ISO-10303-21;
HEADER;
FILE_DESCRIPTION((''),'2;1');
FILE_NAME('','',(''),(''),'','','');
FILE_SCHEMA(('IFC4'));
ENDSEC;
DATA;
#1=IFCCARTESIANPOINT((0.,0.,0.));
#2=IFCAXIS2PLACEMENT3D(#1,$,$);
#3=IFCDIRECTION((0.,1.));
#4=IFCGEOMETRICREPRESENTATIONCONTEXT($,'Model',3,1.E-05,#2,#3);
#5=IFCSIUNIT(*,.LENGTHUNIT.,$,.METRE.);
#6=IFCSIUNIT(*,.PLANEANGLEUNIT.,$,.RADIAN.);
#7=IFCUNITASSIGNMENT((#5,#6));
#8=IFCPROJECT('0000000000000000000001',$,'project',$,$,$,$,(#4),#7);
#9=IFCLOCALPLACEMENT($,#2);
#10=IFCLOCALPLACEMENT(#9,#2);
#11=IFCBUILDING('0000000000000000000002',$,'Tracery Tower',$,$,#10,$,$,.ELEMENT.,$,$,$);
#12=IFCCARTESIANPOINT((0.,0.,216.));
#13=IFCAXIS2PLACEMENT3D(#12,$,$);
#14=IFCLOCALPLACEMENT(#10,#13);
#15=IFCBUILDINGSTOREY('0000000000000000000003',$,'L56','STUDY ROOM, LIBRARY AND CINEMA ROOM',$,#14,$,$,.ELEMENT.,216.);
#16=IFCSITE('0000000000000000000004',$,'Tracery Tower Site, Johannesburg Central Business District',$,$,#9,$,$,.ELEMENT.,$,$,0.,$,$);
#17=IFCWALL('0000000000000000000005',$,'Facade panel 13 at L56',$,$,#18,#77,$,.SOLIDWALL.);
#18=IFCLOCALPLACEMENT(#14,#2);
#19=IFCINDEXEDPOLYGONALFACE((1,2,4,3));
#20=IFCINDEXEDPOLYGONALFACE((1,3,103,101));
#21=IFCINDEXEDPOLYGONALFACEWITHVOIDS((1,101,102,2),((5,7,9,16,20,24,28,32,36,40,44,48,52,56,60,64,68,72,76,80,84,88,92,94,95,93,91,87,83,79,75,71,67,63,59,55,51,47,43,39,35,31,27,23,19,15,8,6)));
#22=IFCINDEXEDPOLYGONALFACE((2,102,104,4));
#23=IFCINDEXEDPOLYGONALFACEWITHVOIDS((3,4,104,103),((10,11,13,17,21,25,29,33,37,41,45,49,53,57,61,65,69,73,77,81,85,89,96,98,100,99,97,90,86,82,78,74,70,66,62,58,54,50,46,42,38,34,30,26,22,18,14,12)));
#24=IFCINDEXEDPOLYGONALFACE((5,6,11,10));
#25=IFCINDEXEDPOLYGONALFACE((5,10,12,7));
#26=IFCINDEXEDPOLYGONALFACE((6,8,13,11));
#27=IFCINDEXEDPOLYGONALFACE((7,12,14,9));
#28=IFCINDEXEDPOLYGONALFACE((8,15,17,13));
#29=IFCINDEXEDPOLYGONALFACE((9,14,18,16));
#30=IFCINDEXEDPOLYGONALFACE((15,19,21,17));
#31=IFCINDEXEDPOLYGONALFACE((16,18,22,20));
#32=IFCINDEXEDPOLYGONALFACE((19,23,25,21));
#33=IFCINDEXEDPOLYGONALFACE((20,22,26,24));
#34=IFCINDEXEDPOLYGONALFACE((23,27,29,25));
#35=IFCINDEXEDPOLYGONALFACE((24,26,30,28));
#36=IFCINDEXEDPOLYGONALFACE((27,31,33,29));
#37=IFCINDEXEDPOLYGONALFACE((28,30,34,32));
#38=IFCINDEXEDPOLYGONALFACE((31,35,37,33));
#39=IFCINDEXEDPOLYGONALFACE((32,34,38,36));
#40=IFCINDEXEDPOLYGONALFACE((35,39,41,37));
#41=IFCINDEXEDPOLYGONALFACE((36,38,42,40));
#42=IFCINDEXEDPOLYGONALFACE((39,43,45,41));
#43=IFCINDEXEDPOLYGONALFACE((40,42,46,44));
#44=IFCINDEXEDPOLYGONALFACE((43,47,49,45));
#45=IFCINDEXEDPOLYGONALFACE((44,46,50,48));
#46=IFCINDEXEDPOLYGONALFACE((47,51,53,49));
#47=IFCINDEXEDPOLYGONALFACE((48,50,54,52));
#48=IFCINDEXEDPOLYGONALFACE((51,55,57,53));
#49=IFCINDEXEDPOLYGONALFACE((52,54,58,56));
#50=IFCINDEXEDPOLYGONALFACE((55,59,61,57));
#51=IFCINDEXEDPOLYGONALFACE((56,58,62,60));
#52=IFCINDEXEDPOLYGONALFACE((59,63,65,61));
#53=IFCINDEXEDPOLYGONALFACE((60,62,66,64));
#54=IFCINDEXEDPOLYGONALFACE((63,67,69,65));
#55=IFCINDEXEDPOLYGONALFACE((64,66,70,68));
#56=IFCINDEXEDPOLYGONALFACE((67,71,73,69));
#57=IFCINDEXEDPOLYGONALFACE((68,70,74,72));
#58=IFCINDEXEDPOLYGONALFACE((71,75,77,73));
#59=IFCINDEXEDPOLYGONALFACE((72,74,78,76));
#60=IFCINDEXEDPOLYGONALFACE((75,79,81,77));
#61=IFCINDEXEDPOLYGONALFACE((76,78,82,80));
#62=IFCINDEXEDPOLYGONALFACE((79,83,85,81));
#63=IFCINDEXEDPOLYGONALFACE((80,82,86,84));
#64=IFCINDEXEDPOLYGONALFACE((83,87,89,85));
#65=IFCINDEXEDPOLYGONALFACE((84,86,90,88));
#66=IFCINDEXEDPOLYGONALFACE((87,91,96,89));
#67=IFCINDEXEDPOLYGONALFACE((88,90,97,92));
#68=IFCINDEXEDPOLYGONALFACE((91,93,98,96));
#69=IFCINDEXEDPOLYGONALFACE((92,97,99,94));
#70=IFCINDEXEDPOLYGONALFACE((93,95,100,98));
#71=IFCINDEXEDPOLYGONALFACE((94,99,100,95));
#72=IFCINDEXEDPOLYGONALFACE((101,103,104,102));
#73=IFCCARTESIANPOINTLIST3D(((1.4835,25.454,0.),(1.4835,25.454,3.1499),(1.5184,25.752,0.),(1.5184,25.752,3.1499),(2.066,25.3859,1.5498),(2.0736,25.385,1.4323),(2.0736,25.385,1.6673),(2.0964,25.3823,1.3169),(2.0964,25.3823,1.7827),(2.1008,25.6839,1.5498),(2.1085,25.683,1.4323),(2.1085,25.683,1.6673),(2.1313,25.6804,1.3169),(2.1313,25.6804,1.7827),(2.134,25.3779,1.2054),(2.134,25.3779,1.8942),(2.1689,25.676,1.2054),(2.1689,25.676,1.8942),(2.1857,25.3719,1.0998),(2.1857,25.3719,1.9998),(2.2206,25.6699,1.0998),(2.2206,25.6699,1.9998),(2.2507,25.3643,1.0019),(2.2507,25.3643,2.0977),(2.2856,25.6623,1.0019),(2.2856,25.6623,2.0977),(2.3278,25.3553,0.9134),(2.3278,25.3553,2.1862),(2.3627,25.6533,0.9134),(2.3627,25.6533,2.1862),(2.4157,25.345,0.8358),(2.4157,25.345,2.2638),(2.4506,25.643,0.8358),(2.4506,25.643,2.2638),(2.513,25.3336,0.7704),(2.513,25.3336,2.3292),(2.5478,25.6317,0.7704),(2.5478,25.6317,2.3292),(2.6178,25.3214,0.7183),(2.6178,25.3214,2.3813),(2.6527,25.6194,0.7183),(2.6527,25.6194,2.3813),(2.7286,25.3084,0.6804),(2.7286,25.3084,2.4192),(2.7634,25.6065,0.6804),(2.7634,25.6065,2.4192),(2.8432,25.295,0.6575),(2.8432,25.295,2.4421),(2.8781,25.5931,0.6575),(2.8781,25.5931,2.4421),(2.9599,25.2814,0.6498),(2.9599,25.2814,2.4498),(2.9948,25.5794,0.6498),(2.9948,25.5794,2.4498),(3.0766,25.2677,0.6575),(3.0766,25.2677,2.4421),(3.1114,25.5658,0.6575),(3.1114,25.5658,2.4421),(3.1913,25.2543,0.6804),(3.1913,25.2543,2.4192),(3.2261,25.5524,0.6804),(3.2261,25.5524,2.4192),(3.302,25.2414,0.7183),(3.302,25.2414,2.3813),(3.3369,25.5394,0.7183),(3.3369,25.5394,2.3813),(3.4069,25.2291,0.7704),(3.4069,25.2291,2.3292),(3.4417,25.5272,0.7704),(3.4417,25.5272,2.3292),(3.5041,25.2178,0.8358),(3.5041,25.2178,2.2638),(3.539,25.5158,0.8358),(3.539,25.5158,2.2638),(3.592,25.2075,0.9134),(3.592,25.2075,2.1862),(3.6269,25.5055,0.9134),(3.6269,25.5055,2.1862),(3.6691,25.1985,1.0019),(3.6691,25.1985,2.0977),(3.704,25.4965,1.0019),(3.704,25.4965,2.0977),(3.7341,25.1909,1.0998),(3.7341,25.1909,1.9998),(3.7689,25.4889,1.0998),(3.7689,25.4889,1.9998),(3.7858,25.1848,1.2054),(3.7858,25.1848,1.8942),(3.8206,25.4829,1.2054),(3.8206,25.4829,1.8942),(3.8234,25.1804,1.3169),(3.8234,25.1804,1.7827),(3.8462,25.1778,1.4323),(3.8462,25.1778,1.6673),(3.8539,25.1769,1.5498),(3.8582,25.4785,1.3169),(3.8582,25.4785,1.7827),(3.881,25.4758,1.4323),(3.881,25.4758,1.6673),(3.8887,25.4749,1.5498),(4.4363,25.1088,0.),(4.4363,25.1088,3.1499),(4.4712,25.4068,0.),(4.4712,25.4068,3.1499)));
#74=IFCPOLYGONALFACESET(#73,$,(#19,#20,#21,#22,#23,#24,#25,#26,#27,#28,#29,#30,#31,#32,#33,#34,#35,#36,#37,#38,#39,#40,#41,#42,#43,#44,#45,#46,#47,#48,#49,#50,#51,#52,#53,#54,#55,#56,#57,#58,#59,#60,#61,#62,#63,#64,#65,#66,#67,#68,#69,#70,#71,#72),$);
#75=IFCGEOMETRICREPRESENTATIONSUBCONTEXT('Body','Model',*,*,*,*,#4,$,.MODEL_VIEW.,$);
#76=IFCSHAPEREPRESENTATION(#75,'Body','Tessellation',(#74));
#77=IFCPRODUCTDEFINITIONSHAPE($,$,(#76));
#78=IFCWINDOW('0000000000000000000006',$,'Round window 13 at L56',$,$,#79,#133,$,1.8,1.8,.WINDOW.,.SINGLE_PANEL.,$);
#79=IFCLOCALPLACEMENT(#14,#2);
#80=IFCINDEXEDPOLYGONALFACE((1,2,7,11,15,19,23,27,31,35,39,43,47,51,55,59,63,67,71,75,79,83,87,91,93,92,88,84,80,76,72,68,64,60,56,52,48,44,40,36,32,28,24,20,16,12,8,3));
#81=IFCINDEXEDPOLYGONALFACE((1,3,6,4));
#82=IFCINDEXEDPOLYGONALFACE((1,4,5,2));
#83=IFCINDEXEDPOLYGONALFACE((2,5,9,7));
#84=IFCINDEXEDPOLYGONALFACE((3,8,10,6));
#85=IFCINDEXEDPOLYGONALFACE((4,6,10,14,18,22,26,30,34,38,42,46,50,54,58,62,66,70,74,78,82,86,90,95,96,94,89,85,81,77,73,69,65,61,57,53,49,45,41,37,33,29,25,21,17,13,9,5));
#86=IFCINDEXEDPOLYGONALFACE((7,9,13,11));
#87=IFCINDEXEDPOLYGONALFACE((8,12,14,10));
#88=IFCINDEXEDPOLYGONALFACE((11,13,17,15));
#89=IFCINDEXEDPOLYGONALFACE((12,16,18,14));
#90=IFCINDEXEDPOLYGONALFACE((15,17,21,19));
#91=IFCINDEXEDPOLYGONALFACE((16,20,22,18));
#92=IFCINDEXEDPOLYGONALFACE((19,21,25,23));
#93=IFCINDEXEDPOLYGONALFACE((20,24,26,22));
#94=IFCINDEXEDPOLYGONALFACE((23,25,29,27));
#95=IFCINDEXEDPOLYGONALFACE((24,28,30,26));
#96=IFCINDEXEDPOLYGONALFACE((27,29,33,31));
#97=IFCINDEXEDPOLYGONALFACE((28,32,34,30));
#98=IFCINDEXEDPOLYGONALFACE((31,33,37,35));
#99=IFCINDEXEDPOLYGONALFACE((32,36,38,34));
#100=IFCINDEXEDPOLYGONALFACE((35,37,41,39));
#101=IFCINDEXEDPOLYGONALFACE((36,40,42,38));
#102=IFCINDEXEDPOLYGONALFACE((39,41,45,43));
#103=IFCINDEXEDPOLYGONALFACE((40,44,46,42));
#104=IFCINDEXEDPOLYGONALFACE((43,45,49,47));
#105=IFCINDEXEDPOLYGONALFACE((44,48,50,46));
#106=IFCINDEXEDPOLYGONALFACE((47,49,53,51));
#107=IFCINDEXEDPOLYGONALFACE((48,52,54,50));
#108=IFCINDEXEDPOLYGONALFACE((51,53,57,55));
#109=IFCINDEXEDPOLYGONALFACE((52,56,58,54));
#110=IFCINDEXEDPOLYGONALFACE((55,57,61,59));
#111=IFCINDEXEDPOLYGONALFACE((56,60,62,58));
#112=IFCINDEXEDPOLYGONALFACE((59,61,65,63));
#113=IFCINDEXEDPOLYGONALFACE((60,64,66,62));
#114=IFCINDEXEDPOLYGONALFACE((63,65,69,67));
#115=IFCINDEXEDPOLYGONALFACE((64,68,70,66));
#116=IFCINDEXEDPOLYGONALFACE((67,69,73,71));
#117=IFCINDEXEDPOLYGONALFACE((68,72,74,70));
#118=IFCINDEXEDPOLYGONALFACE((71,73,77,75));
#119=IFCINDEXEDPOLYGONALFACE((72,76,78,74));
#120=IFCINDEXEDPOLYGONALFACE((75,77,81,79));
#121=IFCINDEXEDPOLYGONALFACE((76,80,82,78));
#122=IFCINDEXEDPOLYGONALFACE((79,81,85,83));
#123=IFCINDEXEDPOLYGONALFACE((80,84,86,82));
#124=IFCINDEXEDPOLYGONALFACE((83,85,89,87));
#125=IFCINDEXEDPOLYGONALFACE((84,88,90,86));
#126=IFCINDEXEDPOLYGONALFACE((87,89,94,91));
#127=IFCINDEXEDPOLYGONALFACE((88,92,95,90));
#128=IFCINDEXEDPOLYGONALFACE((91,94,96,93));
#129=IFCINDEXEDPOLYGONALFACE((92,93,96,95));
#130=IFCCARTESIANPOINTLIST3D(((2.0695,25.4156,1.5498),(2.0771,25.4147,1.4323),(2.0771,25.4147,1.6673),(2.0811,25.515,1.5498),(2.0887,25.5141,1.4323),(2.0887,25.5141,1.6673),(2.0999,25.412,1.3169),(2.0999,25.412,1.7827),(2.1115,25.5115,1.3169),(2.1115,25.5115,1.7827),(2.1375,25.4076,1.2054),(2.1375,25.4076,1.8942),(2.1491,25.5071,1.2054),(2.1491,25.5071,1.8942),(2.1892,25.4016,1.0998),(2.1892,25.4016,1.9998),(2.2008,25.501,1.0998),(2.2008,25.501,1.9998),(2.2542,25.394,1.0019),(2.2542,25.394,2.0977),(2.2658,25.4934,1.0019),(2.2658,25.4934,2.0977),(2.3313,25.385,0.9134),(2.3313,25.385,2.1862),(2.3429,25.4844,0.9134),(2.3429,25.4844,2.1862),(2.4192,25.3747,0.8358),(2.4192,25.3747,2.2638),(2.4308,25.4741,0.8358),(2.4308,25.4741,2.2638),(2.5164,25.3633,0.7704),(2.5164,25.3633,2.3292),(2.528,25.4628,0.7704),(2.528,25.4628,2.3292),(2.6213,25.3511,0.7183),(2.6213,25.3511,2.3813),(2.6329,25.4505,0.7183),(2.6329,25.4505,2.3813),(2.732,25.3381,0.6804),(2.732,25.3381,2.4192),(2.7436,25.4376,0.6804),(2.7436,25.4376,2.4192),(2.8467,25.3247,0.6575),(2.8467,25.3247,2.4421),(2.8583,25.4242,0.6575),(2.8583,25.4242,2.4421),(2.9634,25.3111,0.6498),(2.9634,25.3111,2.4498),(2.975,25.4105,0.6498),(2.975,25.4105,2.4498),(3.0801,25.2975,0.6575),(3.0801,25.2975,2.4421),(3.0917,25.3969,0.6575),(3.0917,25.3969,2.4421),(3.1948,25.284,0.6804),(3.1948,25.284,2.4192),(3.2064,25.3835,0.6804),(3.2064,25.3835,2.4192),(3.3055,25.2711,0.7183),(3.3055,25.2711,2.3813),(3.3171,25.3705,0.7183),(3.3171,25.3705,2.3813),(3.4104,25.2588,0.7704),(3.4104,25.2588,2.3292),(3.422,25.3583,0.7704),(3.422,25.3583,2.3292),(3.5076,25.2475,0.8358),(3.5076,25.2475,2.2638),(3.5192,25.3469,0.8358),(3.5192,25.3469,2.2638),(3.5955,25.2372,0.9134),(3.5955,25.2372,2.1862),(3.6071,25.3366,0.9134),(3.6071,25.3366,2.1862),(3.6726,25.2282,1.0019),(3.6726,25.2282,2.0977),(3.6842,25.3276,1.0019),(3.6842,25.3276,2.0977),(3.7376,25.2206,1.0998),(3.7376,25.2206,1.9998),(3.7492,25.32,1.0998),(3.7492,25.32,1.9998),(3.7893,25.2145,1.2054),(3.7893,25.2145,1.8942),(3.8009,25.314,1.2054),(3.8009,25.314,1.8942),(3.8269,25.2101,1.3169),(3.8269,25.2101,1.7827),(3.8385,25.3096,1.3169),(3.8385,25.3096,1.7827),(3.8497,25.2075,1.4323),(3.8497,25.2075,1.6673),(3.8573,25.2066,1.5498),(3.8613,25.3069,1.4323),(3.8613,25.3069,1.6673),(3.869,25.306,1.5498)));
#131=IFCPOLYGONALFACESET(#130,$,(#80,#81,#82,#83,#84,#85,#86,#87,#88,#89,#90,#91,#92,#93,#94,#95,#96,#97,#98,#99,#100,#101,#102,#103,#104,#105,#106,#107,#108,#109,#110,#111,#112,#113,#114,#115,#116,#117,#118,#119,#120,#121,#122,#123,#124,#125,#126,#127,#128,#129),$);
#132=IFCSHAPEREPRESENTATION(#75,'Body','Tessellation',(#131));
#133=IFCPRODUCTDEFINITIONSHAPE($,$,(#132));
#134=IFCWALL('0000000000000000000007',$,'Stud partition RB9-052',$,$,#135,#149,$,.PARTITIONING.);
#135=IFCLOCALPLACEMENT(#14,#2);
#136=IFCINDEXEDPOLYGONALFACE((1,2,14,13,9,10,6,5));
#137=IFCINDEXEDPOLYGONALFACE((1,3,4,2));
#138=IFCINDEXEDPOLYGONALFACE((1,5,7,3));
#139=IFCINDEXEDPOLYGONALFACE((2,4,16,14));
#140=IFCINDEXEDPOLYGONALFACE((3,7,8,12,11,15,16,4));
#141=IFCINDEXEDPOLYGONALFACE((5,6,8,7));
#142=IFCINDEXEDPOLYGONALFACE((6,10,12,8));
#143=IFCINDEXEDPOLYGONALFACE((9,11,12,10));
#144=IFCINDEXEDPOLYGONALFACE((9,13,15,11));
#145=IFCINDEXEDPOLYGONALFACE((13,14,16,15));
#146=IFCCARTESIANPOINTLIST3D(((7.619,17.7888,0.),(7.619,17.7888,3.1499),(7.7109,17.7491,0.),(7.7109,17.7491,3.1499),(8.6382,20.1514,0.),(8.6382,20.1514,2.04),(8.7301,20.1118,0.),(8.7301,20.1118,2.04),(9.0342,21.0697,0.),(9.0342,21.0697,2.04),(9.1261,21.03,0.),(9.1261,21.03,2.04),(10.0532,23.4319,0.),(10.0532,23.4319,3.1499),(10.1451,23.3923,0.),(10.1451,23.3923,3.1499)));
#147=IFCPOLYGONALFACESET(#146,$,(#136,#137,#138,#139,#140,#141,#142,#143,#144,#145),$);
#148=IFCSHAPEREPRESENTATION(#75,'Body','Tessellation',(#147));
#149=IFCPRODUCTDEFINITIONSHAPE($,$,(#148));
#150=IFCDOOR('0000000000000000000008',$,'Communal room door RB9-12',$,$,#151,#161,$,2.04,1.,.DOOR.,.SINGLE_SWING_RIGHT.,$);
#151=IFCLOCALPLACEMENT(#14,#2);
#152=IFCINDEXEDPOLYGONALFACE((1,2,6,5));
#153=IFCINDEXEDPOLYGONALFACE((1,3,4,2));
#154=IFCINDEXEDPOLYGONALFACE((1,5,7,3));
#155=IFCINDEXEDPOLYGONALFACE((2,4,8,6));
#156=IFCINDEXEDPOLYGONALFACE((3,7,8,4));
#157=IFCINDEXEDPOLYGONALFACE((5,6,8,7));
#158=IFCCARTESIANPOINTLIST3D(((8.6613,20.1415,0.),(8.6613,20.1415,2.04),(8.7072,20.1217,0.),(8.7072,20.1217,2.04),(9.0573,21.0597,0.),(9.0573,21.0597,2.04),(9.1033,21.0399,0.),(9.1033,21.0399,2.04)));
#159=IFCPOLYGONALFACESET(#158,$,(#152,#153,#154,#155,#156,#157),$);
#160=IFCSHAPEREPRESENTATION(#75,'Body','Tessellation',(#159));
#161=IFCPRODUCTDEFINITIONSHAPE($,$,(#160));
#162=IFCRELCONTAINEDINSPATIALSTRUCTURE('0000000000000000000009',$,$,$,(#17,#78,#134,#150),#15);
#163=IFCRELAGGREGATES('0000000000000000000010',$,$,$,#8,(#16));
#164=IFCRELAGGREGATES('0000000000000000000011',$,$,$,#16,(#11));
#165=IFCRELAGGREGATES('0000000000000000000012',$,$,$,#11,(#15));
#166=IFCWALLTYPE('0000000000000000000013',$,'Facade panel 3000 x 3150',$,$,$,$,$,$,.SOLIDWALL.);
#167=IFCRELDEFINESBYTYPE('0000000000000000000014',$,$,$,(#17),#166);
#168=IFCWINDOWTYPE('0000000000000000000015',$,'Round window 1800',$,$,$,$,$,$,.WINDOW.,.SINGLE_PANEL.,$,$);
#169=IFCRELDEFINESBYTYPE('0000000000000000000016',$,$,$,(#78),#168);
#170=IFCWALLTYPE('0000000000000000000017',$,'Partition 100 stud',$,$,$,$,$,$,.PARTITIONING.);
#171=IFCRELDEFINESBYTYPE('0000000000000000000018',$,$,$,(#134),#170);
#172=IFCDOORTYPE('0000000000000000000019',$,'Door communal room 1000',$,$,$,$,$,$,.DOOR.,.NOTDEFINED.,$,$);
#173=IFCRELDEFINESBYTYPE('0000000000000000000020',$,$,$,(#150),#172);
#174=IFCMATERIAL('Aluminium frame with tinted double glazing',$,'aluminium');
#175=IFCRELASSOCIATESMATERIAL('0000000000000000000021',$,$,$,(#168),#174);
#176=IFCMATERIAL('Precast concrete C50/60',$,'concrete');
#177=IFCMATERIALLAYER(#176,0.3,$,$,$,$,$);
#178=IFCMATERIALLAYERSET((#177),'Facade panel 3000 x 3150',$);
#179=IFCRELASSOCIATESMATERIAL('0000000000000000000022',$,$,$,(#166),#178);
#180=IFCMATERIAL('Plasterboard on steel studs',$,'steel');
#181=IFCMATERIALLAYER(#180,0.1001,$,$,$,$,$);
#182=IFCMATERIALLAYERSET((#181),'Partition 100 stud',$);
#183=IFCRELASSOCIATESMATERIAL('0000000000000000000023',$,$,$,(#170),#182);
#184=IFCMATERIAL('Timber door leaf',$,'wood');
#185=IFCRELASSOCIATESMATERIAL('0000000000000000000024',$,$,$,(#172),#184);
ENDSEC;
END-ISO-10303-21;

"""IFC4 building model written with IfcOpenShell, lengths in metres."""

from ifc_helpers import new_model, si_unit, direction, frame, frame_2d, origin, origin_2d, place, context, subcontext, project, spatial, rectangle, circle, extrude, material, layer, layer_set, type_object, element, fill, save


model = new_model("IFC4")

# Units and contexts
model_context = context("Model", 3, precision=1e-05, world=origin(), true_north=direction((0.0, 1.0)))
body_context = subcontext(model_context, "Body", "Model", "MODEL_VIEW")
ifc_project = project(units=[si_unit("LENGTHUNIT", "METRE"), si_unit("PLANEANGLEUNIT", "RADIAN")], contexts=[model_context])

# Site, building, storey
site_placement = place(None, origin())
site = spatial("IfcSite", under=ifc_project, at=site_placement, Name="Tracery Tower Site, Johannesburg Central Business District", CompositionType="ELEMENT", RefElevation=0.0)
building_placement = place(site_placement, origin())
building = spatial("IfcBuilding", under=site, at=building_placement, Name="Tracery Tower", CompositionType="ELEMENT")
storey_placement = place(building_placement, frame((0.0, 0.0, 216.0)))
storey = spatial("IfcBuildingStorey", under=building, at=storey_placement, Name="L56", Description="STUDY ROOM, LIBRARY AND CINEMA ROOM", CompositionType="ELEMENT", Elevation=216.0)

# Wall, opening, window
ifc_material_1 = material(Name="Aluminium frame with tinted double glazing", Category="aluminium")
window_type = type_object("IfcWindowType", Name="Round window 1800", PartitioningType="SINGLE_PANEL", PredefinedType="WINDOW", material=ifc_material_1)
ifc_material_2 = material(Name="Precast concrete C50/60", Category="concrete")
ifc_layer_1 = layer(ifc_material_2, 0.3)
ifc_layer_set_1 = layer_set([ifc_layer_1], Name="Facade panel 3000 x 3150")
wall_type_1 = type_object("IfcWallType", Name="Facade panel 3000 x 3150", PredefinedType="SOLIDWALL", material=ifc_layer_set_1)
wall_1_placement = place(storey_placement, frame((4.4536, 25.2578, 0.0), z_axis=(0.0, 0.0, 1.0), x_axis=(-0.993236, 0.116117, 0.0)))
wall_1 = element("IfcWall", 1, at=wall_1_placement, inside=storey, type_object=wall_type_1, Name="Facade panel 13 at L56", PredefinedType="SOLIDWALL", context=body_context, shape_type="SweptSolid", body=[
    extrude(rectangle(XDim=2.9729, YDim=0.3, at=frame_2d((1.4863, 0.0))), origin(), (0.0, 0.0, 1.0), 3.1499),
])
opening_1_placement = place(wall_1_placement, frame((1.4863, 0.0, 1.5498)))
opening_1 = element("IfcOpeningElement", 2, at=opening_1_placement, cuts=wall_1, PredefinedType="OPENING", context=body_context, shape_type="SweptSolid", body=[
    extrude(circle(Radius=0.9, at=origin_2d()), frame((0.0, 0.1599, 0.0), z_axis=(0.0, -1.0, 0.0), x_axis=(1.0, 0.0, 0.0)), (0.0, 0.0, 1.0), 0.3201),
])
window_1_placement = place(opening_1_placement, origin())
window_1 = element("IfcWindow", 3, at=window_1_placement, inside=storey, type_object=window_type, Name="Round window 13 at L56", OverallHeight=1.8, OverallWidth=1.8, PartitioningType="SINGLE_PANEL", PredefinedType="WINDOW", context=body_context, shape_type="SweptSolid", body=[
    extrude(circle(Radius=0.9, at=origin_2d()), frame((0.0, 0.1201, 0.0), z_axis=(0.0, -1.0, 0.0), x_axis=(1.0, 0.0, 0.0)), (0.0, 0.0, 1.0), 0.1001),
])
fill(opening_1, window_1)

# Wall, opening, door
ifc_material_3 = material(Name="Plasterboard on steel studs", Category="steel")
ifc_layer_2 = layer(ifc_material_3, 0.1001)
ifc_layer_set_2 = layer_set([ifc_layer_2], Name="Partition 100 stud")
wall_type_2 = type_object("IfcWallType", Name="Partition 100 stud", PredefinedType="PARTITIONING", material=ifc_layer_set_2)
wall_2_placement = place(storey_placement, frame((7.665, 17.769, 0.0), z_axis=(0.0, 0.0, 1.0), x_axis=(0.396066, 0.918222, 0.0)))
wall_2 = element("IfcWall", 4, at=wall_2_placement, inside=storey, type_object=wall_type_2, Name="Stud partition RB9-052", PredefinedType="PARTITIONING", context=body_context, shape_type="SweptSolid", body=[
    extrude(rectangle(XDim=6.1458, YDim=0.1001, at=frame_2d((3.0728, 0.0))), origin(), (0.0, 0.0, 1.0), 3.1499),
])
opening_2_placement = place(wall_2_placement, frame((2.573, 0.0, 0.0)))
opening_2 = element("IfcOpeningElement", 5, at=opening_2_placement, cuts=wall_2, PredefinedType="OPENING", context=body_context, shape_type="SweptSolid", body=[
    extrude(rectangle(XDim=1.0, YDim=2.04, at=frame_2d((0.5, 1.02))), frame((0.0, 0.05, 0.0), z_axis=(0.0, -1.0, 0.0), x_axis=(1.0, 0.0, 0.0)), (0.0, 0.0, 1.0), 0.1001),
])
ifc_material_4 = material(Name="Timber door leaf", Category="wood")
door_type_1 = type_object("IfcDoorType", Name="Door communal room 1000", OperationType="NOTDEFINED", PredefinedType="DOOR", material=ifc_material_4)
door_1_placement = place(opening_2_placement, origin())
door_1 = element("IfcDoor", 6, at=door_1_placement, inside=storey, type_object=door_type_1, Name="Communal room door RB9-12", OperationType="SINGLE_SWING_RIGHT", OverallHeight=2.04, OverallWidth=1.0, PredefinedType="DOOR", context=body_context, shape_type="SweptSolid", body=[
    extrude(rectangle(XDim=1.0, YDim=2.04, at=frame_2d((0.5, 1.02))), frame((0.0, 0.0249, 0.0), z_axis=(0.0, -1.0, 0.0), x_axis=(1.0, 0.0, 0.0)), (0.0, 0.0, 1.0), 0.05),
])
fill(opening_2, door_1)

save(model, "model.ifc")
